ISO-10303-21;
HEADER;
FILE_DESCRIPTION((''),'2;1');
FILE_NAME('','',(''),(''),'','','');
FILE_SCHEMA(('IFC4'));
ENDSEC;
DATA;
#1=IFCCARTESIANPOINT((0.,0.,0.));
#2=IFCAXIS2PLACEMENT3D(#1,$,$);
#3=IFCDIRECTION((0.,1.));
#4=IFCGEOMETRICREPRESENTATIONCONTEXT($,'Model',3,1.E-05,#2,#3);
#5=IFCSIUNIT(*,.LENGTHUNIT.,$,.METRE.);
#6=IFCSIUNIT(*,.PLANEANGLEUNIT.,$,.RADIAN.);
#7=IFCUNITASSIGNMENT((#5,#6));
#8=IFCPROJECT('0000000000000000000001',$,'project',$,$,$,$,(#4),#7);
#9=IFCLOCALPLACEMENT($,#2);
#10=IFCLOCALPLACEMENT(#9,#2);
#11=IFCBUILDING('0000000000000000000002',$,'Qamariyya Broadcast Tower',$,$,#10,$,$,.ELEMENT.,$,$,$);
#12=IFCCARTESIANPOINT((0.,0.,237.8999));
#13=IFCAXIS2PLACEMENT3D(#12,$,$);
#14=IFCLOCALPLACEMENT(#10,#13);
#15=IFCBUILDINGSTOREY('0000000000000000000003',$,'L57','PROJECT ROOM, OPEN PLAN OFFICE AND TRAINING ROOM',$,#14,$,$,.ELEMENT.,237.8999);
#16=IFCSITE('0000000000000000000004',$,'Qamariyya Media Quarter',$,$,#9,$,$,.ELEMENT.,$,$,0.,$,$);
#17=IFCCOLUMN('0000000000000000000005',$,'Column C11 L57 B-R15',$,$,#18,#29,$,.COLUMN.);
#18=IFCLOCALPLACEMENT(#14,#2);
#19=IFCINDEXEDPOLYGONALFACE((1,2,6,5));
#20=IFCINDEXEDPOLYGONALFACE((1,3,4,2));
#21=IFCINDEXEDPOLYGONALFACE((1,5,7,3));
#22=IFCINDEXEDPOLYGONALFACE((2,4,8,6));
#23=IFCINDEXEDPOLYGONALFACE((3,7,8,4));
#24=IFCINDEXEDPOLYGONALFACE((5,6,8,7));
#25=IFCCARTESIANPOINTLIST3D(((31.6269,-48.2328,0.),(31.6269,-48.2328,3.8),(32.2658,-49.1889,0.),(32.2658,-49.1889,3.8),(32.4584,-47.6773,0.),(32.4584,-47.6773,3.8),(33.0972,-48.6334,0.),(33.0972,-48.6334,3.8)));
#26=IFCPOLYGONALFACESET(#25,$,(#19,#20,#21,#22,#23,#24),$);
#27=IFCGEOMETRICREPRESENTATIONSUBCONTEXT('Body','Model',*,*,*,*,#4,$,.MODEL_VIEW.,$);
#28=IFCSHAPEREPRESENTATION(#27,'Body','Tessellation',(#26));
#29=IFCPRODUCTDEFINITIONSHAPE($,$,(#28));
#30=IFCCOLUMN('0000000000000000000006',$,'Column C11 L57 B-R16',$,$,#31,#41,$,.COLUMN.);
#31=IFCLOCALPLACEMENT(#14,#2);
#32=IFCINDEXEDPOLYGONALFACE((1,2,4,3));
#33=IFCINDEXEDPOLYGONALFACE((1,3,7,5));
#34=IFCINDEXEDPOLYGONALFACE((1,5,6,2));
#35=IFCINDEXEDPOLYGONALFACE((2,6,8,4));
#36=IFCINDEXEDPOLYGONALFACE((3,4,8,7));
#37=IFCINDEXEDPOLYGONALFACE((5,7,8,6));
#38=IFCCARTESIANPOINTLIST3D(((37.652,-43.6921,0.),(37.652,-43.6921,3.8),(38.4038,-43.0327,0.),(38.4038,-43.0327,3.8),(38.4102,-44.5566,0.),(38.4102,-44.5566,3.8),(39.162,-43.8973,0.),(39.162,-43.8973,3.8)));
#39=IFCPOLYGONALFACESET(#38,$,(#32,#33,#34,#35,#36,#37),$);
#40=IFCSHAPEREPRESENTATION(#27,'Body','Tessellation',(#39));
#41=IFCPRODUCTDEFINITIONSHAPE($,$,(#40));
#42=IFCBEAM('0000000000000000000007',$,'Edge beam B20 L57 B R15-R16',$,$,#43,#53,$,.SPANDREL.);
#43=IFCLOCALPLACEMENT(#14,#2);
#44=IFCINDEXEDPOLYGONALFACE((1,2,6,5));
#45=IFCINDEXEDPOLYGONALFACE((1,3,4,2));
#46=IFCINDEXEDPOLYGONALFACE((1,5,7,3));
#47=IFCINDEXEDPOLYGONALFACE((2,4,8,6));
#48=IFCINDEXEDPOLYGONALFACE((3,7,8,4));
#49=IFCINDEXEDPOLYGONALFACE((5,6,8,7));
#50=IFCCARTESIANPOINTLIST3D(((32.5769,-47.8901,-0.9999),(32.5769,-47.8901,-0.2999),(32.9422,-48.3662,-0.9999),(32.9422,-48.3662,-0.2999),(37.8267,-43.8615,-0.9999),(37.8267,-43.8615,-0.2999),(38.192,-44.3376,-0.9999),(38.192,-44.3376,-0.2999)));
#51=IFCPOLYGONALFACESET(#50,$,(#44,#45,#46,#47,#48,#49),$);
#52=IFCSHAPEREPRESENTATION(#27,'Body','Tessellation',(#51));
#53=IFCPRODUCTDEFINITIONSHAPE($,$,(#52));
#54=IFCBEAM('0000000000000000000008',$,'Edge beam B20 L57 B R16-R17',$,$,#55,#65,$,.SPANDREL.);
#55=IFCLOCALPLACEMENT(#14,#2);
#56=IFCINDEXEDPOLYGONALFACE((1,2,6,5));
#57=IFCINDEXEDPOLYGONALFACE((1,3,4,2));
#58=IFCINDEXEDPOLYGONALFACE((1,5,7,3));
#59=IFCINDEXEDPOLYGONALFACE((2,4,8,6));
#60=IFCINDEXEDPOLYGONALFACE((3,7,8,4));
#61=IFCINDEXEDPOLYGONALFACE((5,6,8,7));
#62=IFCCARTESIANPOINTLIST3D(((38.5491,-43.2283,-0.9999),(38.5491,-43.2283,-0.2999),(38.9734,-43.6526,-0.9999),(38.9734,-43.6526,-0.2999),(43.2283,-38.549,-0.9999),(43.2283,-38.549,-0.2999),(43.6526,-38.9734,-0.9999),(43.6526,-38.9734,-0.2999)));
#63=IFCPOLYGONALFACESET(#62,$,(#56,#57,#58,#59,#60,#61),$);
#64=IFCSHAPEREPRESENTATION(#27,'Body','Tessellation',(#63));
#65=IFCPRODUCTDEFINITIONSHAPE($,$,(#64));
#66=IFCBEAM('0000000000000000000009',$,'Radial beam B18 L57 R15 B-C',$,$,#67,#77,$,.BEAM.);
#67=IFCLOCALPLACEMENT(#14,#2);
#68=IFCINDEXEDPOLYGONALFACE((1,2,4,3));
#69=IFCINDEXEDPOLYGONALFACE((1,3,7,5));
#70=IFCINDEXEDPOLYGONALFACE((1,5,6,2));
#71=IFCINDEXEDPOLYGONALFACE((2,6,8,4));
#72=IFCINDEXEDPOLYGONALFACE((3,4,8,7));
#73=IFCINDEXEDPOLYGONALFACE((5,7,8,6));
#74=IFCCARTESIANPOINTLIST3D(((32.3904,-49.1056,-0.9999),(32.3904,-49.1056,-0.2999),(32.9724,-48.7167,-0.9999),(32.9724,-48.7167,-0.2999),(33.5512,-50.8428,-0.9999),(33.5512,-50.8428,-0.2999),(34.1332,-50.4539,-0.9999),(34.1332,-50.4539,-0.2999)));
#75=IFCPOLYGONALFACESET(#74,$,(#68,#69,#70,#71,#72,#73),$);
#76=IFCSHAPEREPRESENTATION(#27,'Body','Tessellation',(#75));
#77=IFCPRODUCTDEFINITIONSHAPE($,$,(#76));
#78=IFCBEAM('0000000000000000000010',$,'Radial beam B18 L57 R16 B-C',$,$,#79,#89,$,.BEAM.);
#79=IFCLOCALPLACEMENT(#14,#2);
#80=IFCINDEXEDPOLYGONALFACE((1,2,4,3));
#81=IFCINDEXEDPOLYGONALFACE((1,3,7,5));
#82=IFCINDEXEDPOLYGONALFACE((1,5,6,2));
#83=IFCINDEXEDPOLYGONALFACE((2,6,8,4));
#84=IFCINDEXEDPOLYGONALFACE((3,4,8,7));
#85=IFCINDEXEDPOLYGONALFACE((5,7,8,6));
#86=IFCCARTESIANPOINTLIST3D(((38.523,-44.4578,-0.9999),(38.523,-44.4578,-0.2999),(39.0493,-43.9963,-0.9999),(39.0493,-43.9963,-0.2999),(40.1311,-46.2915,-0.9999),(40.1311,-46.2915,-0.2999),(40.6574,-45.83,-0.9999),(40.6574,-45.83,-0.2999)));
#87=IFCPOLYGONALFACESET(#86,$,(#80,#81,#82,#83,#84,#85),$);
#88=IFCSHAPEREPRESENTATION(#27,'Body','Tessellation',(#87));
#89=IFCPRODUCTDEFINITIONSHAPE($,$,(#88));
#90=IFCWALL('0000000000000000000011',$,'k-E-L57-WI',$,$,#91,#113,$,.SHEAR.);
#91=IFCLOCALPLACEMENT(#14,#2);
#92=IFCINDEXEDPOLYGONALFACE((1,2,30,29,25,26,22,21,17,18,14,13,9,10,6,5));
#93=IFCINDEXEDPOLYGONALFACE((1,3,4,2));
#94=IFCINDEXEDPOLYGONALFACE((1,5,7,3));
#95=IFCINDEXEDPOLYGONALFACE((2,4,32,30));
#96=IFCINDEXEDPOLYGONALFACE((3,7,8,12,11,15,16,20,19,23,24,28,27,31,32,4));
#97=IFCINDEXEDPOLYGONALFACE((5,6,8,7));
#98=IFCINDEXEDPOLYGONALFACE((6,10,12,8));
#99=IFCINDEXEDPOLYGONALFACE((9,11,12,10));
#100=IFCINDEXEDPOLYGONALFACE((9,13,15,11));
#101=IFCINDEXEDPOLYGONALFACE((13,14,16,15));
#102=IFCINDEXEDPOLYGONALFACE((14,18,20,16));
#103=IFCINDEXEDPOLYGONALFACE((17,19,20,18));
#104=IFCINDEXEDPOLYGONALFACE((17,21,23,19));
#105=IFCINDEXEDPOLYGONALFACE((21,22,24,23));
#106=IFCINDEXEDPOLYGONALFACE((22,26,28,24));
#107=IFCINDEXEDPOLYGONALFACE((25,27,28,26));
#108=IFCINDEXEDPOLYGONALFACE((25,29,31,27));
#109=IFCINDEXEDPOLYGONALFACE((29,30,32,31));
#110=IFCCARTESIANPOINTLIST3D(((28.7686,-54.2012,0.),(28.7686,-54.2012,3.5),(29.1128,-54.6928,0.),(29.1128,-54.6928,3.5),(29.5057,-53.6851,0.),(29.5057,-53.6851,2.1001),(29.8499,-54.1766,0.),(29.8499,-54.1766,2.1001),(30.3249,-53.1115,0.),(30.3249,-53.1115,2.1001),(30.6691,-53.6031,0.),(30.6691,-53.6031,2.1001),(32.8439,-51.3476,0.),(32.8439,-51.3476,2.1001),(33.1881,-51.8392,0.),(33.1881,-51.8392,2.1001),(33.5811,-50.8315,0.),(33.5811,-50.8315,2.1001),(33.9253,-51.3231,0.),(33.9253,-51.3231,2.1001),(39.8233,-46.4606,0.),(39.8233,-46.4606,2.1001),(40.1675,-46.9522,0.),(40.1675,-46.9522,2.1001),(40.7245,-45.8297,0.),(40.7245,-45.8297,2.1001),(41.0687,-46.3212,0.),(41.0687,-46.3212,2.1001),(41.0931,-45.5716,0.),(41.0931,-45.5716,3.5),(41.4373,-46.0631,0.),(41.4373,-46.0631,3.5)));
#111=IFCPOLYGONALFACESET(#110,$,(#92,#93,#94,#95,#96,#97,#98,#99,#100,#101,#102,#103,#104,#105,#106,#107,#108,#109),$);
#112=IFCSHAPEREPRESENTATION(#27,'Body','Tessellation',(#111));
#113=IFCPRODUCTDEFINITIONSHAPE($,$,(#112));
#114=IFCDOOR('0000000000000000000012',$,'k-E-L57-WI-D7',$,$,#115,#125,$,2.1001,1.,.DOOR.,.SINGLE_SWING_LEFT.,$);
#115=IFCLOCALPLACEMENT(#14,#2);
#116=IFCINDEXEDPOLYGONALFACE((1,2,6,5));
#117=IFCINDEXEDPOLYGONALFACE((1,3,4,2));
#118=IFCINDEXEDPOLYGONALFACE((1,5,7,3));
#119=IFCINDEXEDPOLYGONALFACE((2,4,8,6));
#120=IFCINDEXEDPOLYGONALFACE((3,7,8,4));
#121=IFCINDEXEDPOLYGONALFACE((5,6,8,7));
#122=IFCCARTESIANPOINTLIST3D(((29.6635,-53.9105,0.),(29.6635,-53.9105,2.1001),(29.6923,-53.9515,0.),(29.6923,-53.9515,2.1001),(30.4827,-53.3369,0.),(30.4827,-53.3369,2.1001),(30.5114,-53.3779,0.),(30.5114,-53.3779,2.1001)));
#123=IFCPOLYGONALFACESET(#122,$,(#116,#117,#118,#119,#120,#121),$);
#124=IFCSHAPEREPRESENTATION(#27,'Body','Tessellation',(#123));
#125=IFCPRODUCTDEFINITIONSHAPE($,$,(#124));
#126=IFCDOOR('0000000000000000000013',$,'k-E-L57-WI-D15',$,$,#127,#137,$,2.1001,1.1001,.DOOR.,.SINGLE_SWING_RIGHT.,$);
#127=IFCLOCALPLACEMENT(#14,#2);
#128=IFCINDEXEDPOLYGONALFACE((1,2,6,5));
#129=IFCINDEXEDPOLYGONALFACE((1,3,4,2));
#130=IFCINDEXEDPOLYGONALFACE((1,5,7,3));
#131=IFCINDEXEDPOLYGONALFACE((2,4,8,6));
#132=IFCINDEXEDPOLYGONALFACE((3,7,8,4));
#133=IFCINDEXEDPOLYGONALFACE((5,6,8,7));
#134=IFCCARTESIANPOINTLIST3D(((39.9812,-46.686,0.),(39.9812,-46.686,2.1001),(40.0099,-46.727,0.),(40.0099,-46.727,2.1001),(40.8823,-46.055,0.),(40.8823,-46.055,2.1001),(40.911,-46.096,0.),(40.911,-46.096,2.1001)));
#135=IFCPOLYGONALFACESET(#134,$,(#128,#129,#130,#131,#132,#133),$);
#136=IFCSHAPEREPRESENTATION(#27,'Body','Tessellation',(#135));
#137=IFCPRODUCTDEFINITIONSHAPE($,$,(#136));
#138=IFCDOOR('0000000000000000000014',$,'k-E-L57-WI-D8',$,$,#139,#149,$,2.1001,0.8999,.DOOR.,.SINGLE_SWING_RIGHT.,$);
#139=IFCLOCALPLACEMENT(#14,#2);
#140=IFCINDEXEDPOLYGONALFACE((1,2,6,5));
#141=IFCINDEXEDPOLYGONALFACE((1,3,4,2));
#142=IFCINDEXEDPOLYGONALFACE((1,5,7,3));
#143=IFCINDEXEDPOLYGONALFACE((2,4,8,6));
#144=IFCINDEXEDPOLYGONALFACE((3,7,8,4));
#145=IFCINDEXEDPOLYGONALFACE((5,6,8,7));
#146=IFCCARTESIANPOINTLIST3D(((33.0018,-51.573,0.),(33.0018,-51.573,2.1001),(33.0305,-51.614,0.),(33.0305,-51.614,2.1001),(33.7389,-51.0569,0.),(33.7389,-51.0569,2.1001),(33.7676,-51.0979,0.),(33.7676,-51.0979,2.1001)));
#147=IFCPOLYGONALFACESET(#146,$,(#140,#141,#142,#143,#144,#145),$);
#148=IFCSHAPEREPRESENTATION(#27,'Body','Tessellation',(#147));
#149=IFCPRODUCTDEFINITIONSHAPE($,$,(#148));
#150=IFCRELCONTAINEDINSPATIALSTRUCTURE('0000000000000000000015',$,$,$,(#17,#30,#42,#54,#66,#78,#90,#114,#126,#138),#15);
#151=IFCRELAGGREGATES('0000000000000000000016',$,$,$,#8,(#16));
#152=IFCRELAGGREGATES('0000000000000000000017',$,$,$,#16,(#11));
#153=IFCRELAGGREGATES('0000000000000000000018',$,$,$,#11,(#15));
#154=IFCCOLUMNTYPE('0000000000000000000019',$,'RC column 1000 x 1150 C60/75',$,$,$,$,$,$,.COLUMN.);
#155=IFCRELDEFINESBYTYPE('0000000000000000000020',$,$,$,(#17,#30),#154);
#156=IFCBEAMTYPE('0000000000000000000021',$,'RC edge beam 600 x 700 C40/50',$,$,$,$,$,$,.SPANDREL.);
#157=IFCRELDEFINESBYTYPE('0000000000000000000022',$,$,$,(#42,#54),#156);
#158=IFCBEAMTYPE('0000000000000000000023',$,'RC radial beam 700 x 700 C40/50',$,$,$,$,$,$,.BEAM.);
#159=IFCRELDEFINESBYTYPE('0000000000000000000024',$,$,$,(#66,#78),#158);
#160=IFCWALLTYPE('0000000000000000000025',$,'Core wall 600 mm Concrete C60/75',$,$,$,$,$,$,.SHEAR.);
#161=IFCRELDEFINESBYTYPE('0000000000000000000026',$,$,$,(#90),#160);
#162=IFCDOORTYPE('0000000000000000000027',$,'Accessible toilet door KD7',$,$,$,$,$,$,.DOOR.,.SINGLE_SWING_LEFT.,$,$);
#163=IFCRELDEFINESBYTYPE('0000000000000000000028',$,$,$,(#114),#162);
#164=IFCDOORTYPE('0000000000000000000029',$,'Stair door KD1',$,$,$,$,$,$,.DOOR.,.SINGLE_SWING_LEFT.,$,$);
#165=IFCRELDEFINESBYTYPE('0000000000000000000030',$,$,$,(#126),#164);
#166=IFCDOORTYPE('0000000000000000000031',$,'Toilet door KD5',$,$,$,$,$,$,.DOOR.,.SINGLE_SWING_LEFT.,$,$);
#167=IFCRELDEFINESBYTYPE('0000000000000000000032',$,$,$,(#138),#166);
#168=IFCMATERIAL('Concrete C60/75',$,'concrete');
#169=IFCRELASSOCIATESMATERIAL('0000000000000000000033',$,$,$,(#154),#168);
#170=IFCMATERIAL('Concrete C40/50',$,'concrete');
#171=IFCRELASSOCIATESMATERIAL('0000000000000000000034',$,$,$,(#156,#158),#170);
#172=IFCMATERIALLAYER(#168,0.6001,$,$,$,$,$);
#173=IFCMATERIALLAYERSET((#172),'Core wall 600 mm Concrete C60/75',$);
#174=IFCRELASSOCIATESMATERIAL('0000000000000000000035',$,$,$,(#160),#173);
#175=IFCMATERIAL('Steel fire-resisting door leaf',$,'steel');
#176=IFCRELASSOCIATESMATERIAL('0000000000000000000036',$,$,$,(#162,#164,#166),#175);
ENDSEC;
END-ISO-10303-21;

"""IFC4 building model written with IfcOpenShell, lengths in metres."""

from ifc_helpers import new_model, si_unit, direction, frame, frame_2d, origin, origin_2d, place, context, subcontext, project, spatial, rectangle, extrude, material, layer, layer_set, material_profile, profile_set, type_object, element, fill, save


model = new_model("IFC4")

# Units and contexts
model_context = context("Model", 3, precision=1e-05, world=origin(), true_north=direction((0.0, 1.0)))
body_context = subcontext(model_context, "Body", "Model", "MODEL_VIEW")
ifc_project = project(units=[si_unit("LENGTHUNIT", "METRE"), si_unit("PLANEANGLEUNIT", "RADIAN")], contexts=[model_context])

# Site, building, storey
site_placement = place(None, origin())
site = spatial("IfcSite", under=ifc_project, at=site_placement, Name="Qamariyya Media Quarter", CompositionType="ELEMENT", RefElevation=0.0)
building_placement = place(site_placement, origin())
building = spatial("IfcBuilding", under=site, at=building_placement, Name="Qamariyya Broadcast Tower", CompositionType="ELEMENT")
storey_placement = place(building_placement, frame((0.0, 0.0, 237.8999)))
storey = spatial("IfcBuildingStorey", under=building, at=storey_placement, Name="L57", Description="PROJECT ROOM, OPEN PLAN OFFICE AND TRAINING ROOM", CompositionType="ELEMENT", Elevation=237.8999)

# Columns
ifc_material_1 = material(Name="Concrete C60/75", Category="concrete")
ifc_material_profile_1 = material_profile(ifc_material_1, rectangle(XDim=1.0, YDim=1.1499, at=origin_2d()))
ifc_profile_set_1 = profile_set([ifc_material_profile_1], Name="Concrete C60/75")
column_type = type_object("IfcColumnType", Name="RC column 1000 x 1150 C60/75", PredefinedType="COLUMN", material=ifc_profile_set_1)
for number, where, z_axis, x_axis, name in (
    (1, (32.3621, -48.4331, 0.0), (0.0, 0.0, 1.0), (0.83147, 0.55557, 0.0), "Column C11 L57 B-R15"),
    (2, (38.407, -43.7947, 0.0), (0.0, 0.0, 1.0), (0.75184, 0.659346, 0.0), "Column C11 L57 B-R16"),
):
    element("IfcColumn", number, at=place(storey_placement, frame(where, z_axis=z_axis, x_axis=x_axis)), inside=storey, type_object=column_type, Name=name, PredefinedType="COLUMN", context=body_context, shape_type="SweptSolid", body=[
        extrude(rectangle(XDim=1.0, YDim=1.1499, at=origin_2d()), origin(), (0.0, 0.0, 1.0), 3.8),
    ])

# Beams
ifc_material_2 = material(Name="Concrete C40/50", Category="concrete")
ifc_material_profile_2 = material_profile(ifc_material_2, rectangle(XDim=0.6001, YDim=0.7, at=origin_2d()))
ifc_profile_set_2 = profile_set([ifc_material_profile_2], Name="Concrete C40/50")
beam_type_1 = type_object("IfcBeamType", Name="RC edge beam 600 x 700 C40/50", PredefinedType="SPANDREL", material=ifc_profile_set_2)
for number, where, z_axis, x_axis, name in (
    (3, (32.7595, -48.1282, -0.6499), (0.793333, 0.608789, 0.0), (-0.608789, 0.793333, 0.0), "Edge beam B20 L57 B R15-R16"),
    (4, (38.7612, -43.4404, -0.6499), (0.707107, 0.707107, 0.0), (-0.707107, 0.707107, 0.0), "Edge beam B20 L57 B R16-R17"),
):
    element("IfcBeam", number, at=place(storey_placement, frame(where, z_axis=z_axis, x_axis=x_axis)), inside=storey, type_object=beam_type_1, Name=name, PredefinedType="SPANDREL", context=body_context, shape_type="SweptSolid", body=[
        extrude(rectangle(XDim=0.6001, YDim=0.7, at=origin_2d()), origin(), (0.0, 0.0, 1.0), 6.6174),
    ])
ifc_material_profile_3 = material_profile(ifc_material_2, rectangle(XDim=0.7, YDim=0.7, at=origin_2d()))
ifc_profile_set_3 = profile_set([ifc_material_profile_3], Name="Concrete C40/50")
beam_type_2 = type_object("IfcBeamType", Name="RC radial beam 700 x 700 C40/50", PredefinedType="BEAM", material=ifc_profile_set_3)
beam_1_placement = place(storey_placement, frame((32.6814, -48.9111, -0.6499), z_axis=(0.55559, -0.831457, 0.0), x_axis=(0.831457, 0.55559, 0.0)))
element("IfcBeam", 5, at=beam_1_placement, inside=storey, type_object=beam_type_2, Name="Radial beam B18 L57 R15 B-C", PredefinedType="BEAM", context=body_context, shape_type="SweptSolid", body=[
    extrude(rectangle(XDim=0.7, YDim=0.7, at=origin_2d()), origin(), (0.0, 0.0, 1.0), 2.0894),
])
beam_2_placement = place(storey_placement, frame((38.7861, -44.2271, -0.6499), z_axis=(0.659348, -0.751838, 0.0), x_axis=(0.751838, 0.659348, 0.0)))
element("IfcBeam", 6, at=beam_2_placement, inside=storey, type_object=beam_type_2, Name="Radial beam B18 L57 R16 B-C", PredefinedType="BEAM", context=body_context, shape_type="SweptSolid", body=[
    extrude(rectangle(XDim=0.7, YDim=0.7, at=origin_2d()), origin(), (0.0, 0.0, 1.0), 2.439),
])

# Wall, openings, doors
ifc_layer_1 = layer(ifc_material_1, 0.6001)
ifc_layer_set_1 = layer_set([ifc_layer_1], Name="Core wall 600 mm Concrete C60/75")
wall_type_1 = type_object("IfcWallType", Name="Core wall 600 mm Concrete C60/75", PredefinedType="SHEAR", material=ifc_layer_set_1)
wall_1_placement = place(storey_placement, frame((28.9407, -54.447, 0.0), z_axis=(0.0, 0.0, 1.0), x_axis=(0.819153, 0.573575, 0.0)))
wall_1 = element("IfcWall", 7, at=wall_1_placement, inside=storey, type_object=wall_type_1, Name="k-E-L57-WI", PredefinedType="SHEAR", context=body_context, shape_type="SweptSolid", body=[
    extrude(rectangle(XDim=15.0454, YDim=0.6001, at=frame_2d((7.5227, 0.0))), origin(), (0.0, 0.0, 1.0), 3.5),
])
opening_1_placement = place(wall_1_placement, frame((0.8999, 0.0, 0.0)))
opening_1 = element("IfcOpeningElement", 8, at=opening_1_placement, cuts=wall_1, PredefinedType="OPENING", context=body_context, shape_type="SweptSolid", body=[
    extrude(rectangle(XDim=1.0, YDim=2.1001, at=frame_2d((0.5, 1.05))), frame((0.0, 0.3101, 0.0), z_axis=(0.0, -1.0, 0.0), x_axis=(1.0, 0.0, 0.0)), (0.0, 0.0, 1.0), 0.6201),
])
opening_2_placement = place(wall_1_placement, frame((4.9751, 0.0, 0.0)))
opening_2 = element("IfcOpeningElement", 9, at=opening_2_placement, cuts=wall_1, PredefinedType="OPENING", context=body_context, shape_type="SweptSolid", body=[
    extrude(rectangle(XDim=0.8999, YDim=2.1001, at=frame_2d((0.45, 1.05))), frame((0.0, 0.3101, 0.0), z_axis=(0.0, -1.0, 0.0), x_axis=(1.0, 0.0, 0.0)), (0.0, 0.0, 1.0), 0.6201),
])
opening_3_placement = place(wall_1_placement, frame((13.4954, 0.0, 0.0)))
opening_3 = element("IfcOpeningElement", 10, at=opening_3_placement, cuts=wall_1, PredefinedType="OPENING", context=body_context, shape_type="SweptSolid", body=[
    extrude(rectangle(XDim=1.1001, YDim=2.1001, at=frame_2d((0.55, 1.05))), frame((0.0, 0.3101, 0.0), z_axis=(0.0, -1.0, 0.0), x_axis=(1.0, 0.0, 0.0)), (0.0, 0.0, 1.0), 0.6201),
])
ifc_material_3 = material(Name="Steel fire-resisting door leaf", Category="steel")
door_type_1 = type_object("IfcDoorType", Name="Accessible toilet door KD7", OperationType="SINGLE_SWING_LEFT", PredefinedType="DOOR", material=ifc_material_3)
door_1_placement = place(opening_1_placement, origin())
door_1 = element("IfcDoor", 11, at=door_1_placement, inside=storey, type_object=door_type_1, Name="k-E-L57-WI-D7", OperationType="SINGLE_SWING_LEFT", OverallHeight=2.1001, OverallWidth=1.0, PredefinedType="DOOR", context=body_context, shape_type="SweptSolid", body=[
    extrude(rectangle(XDim=1.0, YDim=2.1001, at=frame_2d((0.5, 1.05))), frame((0.0, 0.0249, 0.0), z_axis=(0.0, -1.0, 0.0), x_axis=(1.0, 0.0, 0.0)), (0.0, 0.0, 1.0), 0.05),
])
fill(opening_1, door_1)
door_type_2 = type_object("IfcDoorType", Name="Stair door KD1", OperationType="SINGLE_SWING_LEFT", PredefinedType="DOOR", material=ifc_material_3)
door_2_placement = place(opening_3_placement, origin())
door_2 = element("IfcDoor", 12, at=door_2_placement, inside=storey, type_object=door_type_2, Name="k-E-L57-WI-D15", OperationType="SINGLE_SWING_RIGHT", OverallHeight=2.1001, OverallWidth=1.1001, PredefinedType="DOOR", context=body_context, shape_type="SweptSolid", body=[
    extrude(rectangle(XDim=1.1001, YDim=2.1001, at=frame_2d((0.55, 1.05))), frame((0.0, 0.0249, 0.0), z_axis=(0.0, -1.0, 0.0), x_axis=(1.0, 0.0, 0.0)), (0.0, 0.0, 1.0), 0.05),
])
fill(opening_3, door_2)
door_type_3 = type_object("IfcDoorType", Name="Toilet door KD5", OperationType="SINGLE_SWING_LEFT", PredefinedType="DOOR", material=ifc_material_3)
door_3_placement = place(opening_2_placement, origin())
door_3 = element("IfcDoor", 13, at=door_3_placement, inside=storey, type_object=door_type_3, Name="k-E-L57-WI-D8", OperationType="SINGLE_SWING_RIGHT", OverallHeight=2.1001, OverallWidth=0.8999, PredefinedType="DOOR", context=body_context, shape_type="SweptSolid", body=[
    extrude(rectangle(XDim=0.8999, YDim=2.1001, at=frame_2d((0.45, 1.05))), frame((0.0, 0.0249, 0.0), z_axis=(0.0, -1.0, 0.0), x_axis=(1.0, 0.0, 0.0)), (0.0, 0.0, 1.0), 0.05),
])
fill(opening_2, door_3)

save(model, "model.ifc")
